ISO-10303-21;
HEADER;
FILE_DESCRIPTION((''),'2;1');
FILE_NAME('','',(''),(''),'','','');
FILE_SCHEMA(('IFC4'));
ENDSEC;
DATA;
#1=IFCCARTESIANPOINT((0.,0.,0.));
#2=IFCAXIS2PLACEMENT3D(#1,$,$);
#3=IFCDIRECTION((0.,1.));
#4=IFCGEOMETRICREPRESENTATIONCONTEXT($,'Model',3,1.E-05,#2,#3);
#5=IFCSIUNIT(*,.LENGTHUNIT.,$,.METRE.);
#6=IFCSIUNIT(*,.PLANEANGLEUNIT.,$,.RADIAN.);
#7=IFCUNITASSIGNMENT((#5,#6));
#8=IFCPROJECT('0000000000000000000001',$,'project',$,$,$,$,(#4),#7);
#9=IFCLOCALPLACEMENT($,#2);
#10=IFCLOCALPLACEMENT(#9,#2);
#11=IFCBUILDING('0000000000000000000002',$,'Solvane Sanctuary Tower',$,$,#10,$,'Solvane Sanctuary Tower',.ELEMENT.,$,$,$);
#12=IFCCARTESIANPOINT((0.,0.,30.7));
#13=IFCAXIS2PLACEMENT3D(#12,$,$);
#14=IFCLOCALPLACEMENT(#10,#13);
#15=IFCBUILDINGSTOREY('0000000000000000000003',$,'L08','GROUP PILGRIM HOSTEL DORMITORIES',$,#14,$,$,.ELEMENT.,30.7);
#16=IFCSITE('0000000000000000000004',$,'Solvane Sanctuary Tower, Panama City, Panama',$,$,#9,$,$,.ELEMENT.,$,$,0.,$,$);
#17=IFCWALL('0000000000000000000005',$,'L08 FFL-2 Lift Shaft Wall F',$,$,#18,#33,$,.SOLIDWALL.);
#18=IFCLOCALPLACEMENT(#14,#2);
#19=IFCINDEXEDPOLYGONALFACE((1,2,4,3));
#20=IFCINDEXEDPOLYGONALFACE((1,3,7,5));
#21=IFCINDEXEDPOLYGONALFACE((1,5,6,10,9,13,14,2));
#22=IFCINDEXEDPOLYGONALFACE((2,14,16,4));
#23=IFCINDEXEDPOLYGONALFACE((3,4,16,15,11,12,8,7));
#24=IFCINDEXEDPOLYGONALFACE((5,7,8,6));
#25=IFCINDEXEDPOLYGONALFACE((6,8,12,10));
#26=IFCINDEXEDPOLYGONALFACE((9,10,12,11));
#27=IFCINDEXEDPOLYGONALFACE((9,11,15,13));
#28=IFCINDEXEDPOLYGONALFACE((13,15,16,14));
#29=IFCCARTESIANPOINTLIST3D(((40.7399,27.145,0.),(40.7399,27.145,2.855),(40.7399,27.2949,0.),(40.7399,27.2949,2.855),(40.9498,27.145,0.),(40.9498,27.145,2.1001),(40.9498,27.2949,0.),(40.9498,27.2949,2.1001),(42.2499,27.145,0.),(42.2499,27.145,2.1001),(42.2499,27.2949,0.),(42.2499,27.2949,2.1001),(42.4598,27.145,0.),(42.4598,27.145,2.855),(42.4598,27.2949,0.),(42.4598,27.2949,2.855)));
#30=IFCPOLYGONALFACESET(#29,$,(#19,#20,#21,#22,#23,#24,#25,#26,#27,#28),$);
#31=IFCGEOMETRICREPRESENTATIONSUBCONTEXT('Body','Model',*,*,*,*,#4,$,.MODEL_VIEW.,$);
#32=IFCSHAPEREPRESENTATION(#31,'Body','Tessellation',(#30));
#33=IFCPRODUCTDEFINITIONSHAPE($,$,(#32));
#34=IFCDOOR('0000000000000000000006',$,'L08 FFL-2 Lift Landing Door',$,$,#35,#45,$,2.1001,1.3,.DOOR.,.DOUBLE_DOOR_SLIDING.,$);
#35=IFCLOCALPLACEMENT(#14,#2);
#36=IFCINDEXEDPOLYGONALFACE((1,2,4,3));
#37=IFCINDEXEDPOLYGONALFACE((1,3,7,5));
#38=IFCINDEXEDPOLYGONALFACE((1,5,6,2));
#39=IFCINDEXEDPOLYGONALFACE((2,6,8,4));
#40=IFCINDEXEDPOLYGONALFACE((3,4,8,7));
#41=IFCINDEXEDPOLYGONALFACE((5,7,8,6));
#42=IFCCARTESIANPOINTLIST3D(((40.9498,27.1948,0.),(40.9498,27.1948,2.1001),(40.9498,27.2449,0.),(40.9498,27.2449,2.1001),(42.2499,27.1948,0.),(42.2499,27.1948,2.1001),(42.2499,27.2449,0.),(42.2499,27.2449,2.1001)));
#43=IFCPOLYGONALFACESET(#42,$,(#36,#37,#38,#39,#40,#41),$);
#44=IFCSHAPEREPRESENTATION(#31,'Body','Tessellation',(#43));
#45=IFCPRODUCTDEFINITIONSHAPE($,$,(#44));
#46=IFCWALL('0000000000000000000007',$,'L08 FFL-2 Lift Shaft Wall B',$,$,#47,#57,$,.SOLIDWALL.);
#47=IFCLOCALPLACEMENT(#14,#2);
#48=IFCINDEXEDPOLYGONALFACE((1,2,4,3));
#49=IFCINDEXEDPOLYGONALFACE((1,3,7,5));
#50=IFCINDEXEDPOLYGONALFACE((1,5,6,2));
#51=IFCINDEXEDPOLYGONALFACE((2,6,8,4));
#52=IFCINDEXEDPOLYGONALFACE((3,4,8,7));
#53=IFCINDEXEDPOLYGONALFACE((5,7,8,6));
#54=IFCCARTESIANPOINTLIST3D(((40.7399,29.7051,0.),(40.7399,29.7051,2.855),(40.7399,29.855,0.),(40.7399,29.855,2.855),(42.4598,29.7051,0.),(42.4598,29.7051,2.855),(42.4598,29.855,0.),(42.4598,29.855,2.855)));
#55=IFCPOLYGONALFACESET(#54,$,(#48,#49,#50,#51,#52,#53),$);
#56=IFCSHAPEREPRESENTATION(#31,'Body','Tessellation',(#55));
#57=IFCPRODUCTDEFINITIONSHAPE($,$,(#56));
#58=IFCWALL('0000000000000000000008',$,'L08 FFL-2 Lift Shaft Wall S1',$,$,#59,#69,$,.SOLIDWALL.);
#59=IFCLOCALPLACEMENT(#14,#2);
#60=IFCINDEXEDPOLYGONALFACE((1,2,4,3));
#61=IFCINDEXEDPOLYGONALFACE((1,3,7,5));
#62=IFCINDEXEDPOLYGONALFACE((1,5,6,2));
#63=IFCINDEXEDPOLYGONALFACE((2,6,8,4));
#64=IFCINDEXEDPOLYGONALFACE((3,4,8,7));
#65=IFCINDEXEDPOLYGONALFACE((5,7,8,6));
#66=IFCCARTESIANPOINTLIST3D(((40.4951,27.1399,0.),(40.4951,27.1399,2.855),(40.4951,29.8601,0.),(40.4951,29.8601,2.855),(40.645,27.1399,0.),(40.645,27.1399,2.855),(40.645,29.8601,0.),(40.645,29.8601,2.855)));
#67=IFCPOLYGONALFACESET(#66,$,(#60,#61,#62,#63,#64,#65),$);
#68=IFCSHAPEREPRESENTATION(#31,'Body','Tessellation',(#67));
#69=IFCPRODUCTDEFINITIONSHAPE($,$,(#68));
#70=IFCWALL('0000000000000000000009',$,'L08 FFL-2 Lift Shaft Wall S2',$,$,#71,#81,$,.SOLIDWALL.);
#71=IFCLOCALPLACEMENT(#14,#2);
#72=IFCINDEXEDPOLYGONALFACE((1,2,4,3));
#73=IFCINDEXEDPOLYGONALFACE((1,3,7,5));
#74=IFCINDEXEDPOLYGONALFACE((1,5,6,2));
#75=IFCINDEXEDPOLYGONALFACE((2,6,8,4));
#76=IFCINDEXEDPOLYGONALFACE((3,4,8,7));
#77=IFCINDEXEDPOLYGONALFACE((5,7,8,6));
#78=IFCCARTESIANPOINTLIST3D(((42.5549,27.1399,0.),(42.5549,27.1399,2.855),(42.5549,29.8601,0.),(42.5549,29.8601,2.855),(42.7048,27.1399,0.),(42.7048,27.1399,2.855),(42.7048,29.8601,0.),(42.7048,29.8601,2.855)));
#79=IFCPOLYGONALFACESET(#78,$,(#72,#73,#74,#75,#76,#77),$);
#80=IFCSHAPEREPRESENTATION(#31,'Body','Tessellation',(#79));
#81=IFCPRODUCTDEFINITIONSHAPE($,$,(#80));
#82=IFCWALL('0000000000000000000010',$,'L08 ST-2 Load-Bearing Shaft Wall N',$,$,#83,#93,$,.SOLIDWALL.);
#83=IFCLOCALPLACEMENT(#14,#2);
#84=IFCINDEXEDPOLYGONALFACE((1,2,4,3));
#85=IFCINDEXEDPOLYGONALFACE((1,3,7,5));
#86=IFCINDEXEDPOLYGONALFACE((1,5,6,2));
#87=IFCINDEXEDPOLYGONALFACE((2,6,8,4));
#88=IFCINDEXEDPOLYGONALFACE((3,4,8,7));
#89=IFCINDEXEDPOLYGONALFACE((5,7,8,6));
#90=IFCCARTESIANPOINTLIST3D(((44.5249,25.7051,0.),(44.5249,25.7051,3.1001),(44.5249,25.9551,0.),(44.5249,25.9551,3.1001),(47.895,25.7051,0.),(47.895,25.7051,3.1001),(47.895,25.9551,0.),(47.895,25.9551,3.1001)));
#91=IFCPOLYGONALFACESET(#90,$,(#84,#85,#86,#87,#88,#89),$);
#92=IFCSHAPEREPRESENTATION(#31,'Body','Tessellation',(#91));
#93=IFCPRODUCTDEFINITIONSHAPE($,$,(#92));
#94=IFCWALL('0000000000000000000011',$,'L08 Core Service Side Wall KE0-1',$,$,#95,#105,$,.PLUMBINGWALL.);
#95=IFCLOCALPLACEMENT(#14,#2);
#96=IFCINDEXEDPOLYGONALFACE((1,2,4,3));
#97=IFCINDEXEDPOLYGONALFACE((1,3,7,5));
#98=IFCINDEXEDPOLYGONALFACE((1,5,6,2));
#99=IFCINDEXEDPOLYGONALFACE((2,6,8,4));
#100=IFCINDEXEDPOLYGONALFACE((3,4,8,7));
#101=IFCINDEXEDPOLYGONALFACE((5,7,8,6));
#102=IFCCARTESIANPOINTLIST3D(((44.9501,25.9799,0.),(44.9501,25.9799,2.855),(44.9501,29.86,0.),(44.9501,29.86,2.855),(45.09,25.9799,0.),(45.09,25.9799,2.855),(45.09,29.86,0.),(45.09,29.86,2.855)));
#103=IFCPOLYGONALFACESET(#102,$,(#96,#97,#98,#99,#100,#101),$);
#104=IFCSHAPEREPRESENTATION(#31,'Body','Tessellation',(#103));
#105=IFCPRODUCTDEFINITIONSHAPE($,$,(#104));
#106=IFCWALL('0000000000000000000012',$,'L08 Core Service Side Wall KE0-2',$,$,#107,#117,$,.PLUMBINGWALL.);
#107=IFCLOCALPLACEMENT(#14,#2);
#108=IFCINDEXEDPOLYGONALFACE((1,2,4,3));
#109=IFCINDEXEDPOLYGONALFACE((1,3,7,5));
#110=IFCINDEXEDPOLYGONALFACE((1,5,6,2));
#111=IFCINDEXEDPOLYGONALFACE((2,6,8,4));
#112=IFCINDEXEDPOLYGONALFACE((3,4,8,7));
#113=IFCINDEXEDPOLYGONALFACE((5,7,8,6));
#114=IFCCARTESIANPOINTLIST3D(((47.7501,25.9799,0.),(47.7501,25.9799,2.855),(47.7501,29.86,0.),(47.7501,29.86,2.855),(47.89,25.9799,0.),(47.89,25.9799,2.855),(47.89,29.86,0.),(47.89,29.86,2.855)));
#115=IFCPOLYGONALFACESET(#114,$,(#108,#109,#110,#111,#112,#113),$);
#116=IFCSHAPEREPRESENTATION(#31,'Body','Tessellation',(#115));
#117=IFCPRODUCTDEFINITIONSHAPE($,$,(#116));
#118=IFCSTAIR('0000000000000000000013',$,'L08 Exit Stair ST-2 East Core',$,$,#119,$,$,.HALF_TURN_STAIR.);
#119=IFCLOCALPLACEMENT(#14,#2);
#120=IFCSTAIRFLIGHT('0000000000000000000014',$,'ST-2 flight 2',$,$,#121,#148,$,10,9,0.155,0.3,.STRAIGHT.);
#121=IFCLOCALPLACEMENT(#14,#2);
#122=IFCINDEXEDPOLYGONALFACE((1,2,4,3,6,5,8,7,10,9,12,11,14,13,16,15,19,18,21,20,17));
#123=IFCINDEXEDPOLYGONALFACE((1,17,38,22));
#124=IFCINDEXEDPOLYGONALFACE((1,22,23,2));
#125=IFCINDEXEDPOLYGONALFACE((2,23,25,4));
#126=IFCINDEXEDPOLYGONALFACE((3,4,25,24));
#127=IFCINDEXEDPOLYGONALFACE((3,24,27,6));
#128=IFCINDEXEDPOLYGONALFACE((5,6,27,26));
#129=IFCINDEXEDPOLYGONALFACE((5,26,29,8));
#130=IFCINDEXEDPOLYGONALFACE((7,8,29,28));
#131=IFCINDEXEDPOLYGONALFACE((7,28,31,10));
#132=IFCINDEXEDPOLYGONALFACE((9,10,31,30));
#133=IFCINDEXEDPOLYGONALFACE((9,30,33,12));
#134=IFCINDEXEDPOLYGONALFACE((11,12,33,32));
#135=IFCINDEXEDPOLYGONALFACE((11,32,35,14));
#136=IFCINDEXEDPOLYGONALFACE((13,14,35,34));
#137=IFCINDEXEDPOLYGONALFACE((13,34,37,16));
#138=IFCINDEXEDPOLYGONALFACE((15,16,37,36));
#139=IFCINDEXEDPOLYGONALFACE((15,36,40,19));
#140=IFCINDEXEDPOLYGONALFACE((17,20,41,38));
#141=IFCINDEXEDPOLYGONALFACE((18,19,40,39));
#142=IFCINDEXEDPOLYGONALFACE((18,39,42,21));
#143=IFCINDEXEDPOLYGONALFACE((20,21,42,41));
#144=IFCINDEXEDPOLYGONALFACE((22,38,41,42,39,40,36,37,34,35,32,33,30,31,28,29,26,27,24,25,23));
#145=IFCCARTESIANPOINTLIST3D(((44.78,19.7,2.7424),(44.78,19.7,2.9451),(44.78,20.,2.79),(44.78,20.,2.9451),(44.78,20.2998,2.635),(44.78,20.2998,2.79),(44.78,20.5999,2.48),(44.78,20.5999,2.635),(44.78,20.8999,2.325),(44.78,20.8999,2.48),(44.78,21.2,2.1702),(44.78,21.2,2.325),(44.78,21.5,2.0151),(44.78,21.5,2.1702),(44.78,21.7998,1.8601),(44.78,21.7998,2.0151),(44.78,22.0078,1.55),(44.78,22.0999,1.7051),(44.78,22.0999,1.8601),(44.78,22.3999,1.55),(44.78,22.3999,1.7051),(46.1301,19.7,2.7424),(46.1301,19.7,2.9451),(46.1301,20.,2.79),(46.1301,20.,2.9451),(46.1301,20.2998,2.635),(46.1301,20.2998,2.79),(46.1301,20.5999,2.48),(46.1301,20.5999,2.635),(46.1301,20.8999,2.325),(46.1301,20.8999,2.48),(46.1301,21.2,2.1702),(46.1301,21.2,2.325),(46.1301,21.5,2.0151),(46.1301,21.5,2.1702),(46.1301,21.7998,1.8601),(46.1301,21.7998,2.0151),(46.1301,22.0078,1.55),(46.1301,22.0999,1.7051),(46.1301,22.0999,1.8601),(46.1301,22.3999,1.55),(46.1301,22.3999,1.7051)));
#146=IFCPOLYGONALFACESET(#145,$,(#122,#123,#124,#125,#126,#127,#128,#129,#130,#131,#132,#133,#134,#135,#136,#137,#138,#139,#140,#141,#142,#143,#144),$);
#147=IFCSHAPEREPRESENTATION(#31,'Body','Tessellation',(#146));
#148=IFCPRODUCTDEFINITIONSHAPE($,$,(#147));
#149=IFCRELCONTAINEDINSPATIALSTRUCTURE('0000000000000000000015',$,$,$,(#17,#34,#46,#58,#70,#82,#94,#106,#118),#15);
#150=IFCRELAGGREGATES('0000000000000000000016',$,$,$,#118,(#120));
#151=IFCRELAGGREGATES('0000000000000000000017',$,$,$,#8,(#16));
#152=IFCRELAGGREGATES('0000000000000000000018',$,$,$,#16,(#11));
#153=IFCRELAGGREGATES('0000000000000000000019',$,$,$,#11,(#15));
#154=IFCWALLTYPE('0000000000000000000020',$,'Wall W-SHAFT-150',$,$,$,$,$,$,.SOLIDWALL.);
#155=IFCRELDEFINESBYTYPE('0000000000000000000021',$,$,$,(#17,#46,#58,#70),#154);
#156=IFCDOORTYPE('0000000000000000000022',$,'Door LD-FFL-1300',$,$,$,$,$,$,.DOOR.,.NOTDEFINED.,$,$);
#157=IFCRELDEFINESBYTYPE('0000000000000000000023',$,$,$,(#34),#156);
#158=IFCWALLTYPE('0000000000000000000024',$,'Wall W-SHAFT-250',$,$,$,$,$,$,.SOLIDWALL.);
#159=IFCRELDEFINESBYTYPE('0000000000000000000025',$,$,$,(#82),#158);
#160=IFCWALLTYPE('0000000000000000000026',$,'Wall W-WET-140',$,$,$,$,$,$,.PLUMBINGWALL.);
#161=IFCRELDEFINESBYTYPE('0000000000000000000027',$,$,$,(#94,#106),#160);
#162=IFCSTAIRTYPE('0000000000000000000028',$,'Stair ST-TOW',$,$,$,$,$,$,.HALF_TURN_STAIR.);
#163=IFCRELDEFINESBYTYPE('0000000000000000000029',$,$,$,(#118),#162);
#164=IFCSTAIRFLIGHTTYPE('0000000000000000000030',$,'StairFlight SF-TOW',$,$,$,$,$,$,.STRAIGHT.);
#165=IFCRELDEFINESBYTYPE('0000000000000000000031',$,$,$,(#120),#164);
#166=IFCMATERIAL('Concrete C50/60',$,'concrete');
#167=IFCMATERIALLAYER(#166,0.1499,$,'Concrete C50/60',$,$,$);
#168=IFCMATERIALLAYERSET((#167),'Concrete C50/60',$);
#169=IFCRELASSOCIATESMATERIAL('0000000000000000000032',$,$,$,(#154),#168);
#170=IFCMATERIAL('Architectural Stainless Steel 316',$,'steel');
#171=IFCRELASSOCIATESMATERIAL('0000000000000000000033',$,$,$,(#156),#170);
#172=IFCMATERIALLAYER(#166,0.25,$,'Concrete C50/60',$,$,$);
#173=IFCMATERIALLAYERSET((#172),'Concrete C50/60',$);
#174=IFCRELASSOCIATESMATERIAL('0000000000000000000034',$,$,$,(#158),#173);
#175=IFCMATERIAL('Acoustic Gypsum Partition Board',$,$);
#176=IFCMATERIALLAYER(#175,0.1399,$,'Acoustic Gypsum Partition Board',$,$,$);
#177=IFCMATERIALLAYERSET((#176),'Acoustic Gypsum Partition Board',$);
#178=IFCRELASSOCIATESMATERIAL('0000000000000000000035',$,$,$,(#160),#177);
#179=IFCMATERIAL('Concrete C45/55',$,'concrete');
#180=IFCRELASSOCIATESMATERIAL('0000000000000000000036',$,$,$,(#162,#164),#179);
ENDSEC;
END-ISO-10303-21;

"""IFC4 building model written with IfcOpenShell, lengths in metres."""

from ifc_helpers import new_model, si_unit, direction, frame, frame_2d, origin, place, context, subcontext, project, spatial, polyline, rectangle, outline, extrude, material, layer, layer_set, type_object, element, fill, aggregate, save


model = new_model("IFC4")

# Units and contexts
model_context = context("Model", 3, precision=1e-05, world=origin(), true_north=direction((0.0, 1.0)))
body_context = subcontext(model_context, "Body", "Model", "MODEL_VIEW")
ifc_project = project(units=[si_unit("LENGTHUNIT", "METRE"), si_unit("PLANEANGLEUNIT", "RADIAN")], contexts=[model_context])

# Site, building, storey
site_placement = place(None, origin())
site = spatial("IfcSite", under=ifc_project, at=site_placement, Name="Solvane Sanctuary Tower, Panama City, Panama", CompositionType="ELEMENT", RefElevation=0.0)
building_placement = place(site_placement, origin())
building = spatial("IfcBuilding", under=site, at=building_placement, Name="Solvane Sanctuary Tower", LongName="Solvane Sanctuary Tower", CompositionType="ELEMENT")
storey_placement = place(building_placement, frame((0.0, 0.0, 30.7)))
storey = spatial("IfcBuildingStorey", under=building, at=storey_placement, Name="L08", Description="GROUP PILGRIM HOSTEL DORMITORIES", CompositionType="ELEMENT", Elevation=30.7)

# Shared definitions
ifc_material_1 = material(Name="Acoustic Gypsum Partition Board")

# Shared definitions
ifc_material_2 = material(Name="Concrete C50/60", Category="concrete")
ifc_layer_1 = layer(ifc_material_2, 0.1499, Name="Concrete C50/60")
ifc_layer_set_1 = layer_set([ifc_layer_1], Name="Concrete C50/60")
wall_type_1 = type_object("IfcWallType", Name="Wall W-SHAFT-150", PredefinedType="SOLIDWALL", material=ifc_layer_set_1)

# Wall, opening, door
wall_1_placement = place(storey_placement, frame((40.74, 27.22, 0.0), z_axis=(0.0, 0.0, 1.0), x_axis=(1.0, 0.0, 0.0)))
wall_1 = element("IfcWall", 1, at=wall_1_placement, inside=storey, type_object=wall_type_1, Name="L08 FFL-2 Lift Shaft Wall F", PredefinedType="SOLIDWALL", context=body_context, shape_type="SweptSolid", body=[
    extrude(rectangle(XDim=1.72, YDim=0.1499, at=frame_2d((0.8599, 0.0))), origin(), (0.0, 0.0, 1.0), 2.855),
])
opening_1_placement = place(wall_1_placement, frame((0.21, 0.0, 0.0)))
opening_1 = element("IfcOpeningElement", 2, at=opening_1_placement, cuts=wall_1, PredefinedType="OPENING", context=body_context, shape_type="SweptSolid", body=[
    extrude(rectangle(XDim=1.3, YDim=2.1001, at=frame_2d((0.6499, 1.05))), frame((0.0, 0.085, 0.0), z_axis=(0.0, -1.0, 0.0), x_axis=(1.0, 0.0, 0.0)), (0.0, 0.0, 1.0), 0.1699),
])
ifc_material_3 = material(Name="Architectural Stainless Steel 316", Category="steel")
door_type = type_object("IfcDoorType", Name="Door LD-FFL-1300", OperationType="NOTDEFINED", PredefinedType="DOOR", material=ifc_material_3)
door_placement = place(opening_1_placement, origin())
door = element("IfcDoor", 3, at=door_placement, inside=storey, type_object=door_type, Name="L08 FFL-2 Lift Landing Door", OperationType="DOUBLE_DOOR_SLIDING", OverallHeight=2.1001, OverallWidth=1.3, PredefinedType="DOOR", context=body_context, shape_type="SweptSolid", body=[
    extrude(rectangle(XDim=1.3, YDim=2.1001, at=frame_2d((0.6499, 1.05))), frame((0.0, 0.0249, 0.0), z_axis=(0.0, -1.0, 0.0), x_axis=(1.0, 0.0, 0.0)), (0.0, 0.0, 1.0), 0.05),
])
fill(opening_1, door)

# Walls
wall_2_placement = place(storey_placement, frame((40.74, 29.78, 0.0), z_axis=(0.0, 0.0, 1.0), x_axis=(1.0, 0.0, 0.0)))
element("IfcWall", 4, at=wall_2_placement, inside=storey, type_object=wall_type_1, Name="L08 FFL-2 Lift Shaft Wall B", PredefinedType="SOLIDWALL", context=body_context, shape_type="SweptSolid", body=[
    extrude(rectangle(XDim=1.72, YDim=0.1499, at=frame_2d((0.8599, 0.0))), origin(), (0.0, 0.0, 1.0), 2.855),
])
for number, where, z_axis, x_axis, name in (
    (5, (40.5701, 27.1399, 0.0), (0.0, 0.0, 1.0), (0.0, 1.0, 0.0), "L08 FFL-2 Lift Shaft Wall S1"),
    (6, (42.6299, 27.1399, 0.0), (0.0, 0.0, 1.0), (0.0, 1.0, 0.0), "L08 FFL-2 Lift Shaft Wall S2"),
):
    element("IfcWall", number, at=place(storey_placement, frame(where, z_axis=z_axis, x_axis=x_axis)), inside=storey, type_object=wall_type_1, Name=name, PredefinedType="SOLIDWALL", context=body_context, shape_type="SweptSolid", body=[
        extrude(rectangle(XDim=2.7202, YDim=0.1499, at=frame_2d((1.3601, 0.0))), origin(), (0.0, 0.0, 1.0), 2.855),
    ])
ifc_layer_2 = layer(ifc_material_2, 0.25, Name="Concrete C50/60")
ifc_layer_set_2 = layer_set([ifc_layer_2], Name="Concrete C50/60")
wall_type_2 = type_object("IfcWallType", Name="Wall W-SHAFT-250", PredefinedType="SOLIDWALL", material=ifc_layer_set_2)
wall_3_placement = place(storey_placement, frame((44.5249, 25.8301, 0.0), z_axis=(0.0, 0.0, 1.0), x_axis=(1.0, 0.0, 0.0)))
element("IfcWall", 7, at=wall_3_placement, inside=storey, type_object=wall_type_2, Name="L08 ST-2 Load-Bearing Shaft Wall N", PredefinedType="SOLIDWALL", context=body_context, shape_type="SweptSolid", body=[
    extrude(rectangle(XDim=3.3701, YDim=0.25, at=frame_2d((1.6851, 0.0))), origin(), (0.0, 0.0, 1.0), 3.1001),
])
ifc_layer_3 = layer(ifc_material_1, 0.1399, Name="Acoustic Gypsum Partition Board")
ifc_layer_set_3 = layer_set([ifc_layer_3], Name="Acoustic Gypsum Partition Board")
wall_type_3 = type_object("IfcWallType", Name="Wall W-WET-140", PredefinedType="PLUMBINGWALL", material=ifc_layer_set_3)
for number, where, z_axis, x_axis, name in (
    (8, (45.02, 25.98, 0.0), (0.0, 0.0, 1.0), (0.0, 1.0, 0.0), "L08 Core Service Side Wall KE0-1"),
    (9, (47.8201, 25.98, 0.0), (0.0, 0.0, 1.0), (0.0, 1.0, 0.0), "L08 Core Service Side Wall KE0-2"),
):
    element("IfcWall", number, at=place(storey_placement, frame(where, z_axis=z_axis, x_axis=x_axis)), inside=storey, type_object=wall_type_3, Name=name, PredefinedType="PLUMBINGWALL", context=body_context, shape_type="SweptSolid", body=[
        extrude(rectangle(XDim=3.8801, YDim=0.1399, at=frame_2d((1.9399, 0.0))), origin(), (0.0, 0.0, 1.0), 2.855),
    ])

# Stair, stair flight
ifc_material_4 = material(Name="Concrete C45/55", Category="concrete")
stair_type = type_object("IfcStairType", Name="Stair ST-TOW", PredefinedType="HALF_TURN_STAIR", material=ifc_material_4)
stair_placement = place(storey_placement, origin())
stair = element("IfcStair", 10, at=stair_placement, inside=storey, type_object=stair_type, Name="L08 Exit Stair ST-2 East Core", PredefinedType="HALF_TURN_STAIR")
stair_flight_type = type_object("IfcStairFlightType", Name="StairFlight SF-TOW", PredefinedType="STRAIGHT", material=ifc_material_4)
stair_flight_placement = place(storey_placement, frame((45.4551, 22.3999, 1.55), z_axis=(0.0, 0.0, 1.0), x_axis=(0.0, -1.0, 0.0)))
stair_flight = element("IfcStairFlight", 11, at=stair_flight_placement, type_object=stair_flight_type, Name="ST-2 flight 2", NumberOfRisers=10, NumberOfTreads=9, PredefinedType="STRAIGHT", RiserHeight=0.155, TreadLength=0.3, context=body_context, shape_type="SweptSolid", body=[
    extrude(outline(polyline([(0.0, 0.0), (0.0, 0.155), (0.3, 0.155), (0.3, 0.3101), (0.6001, 0.3101), (0.6001, 0.4651), (0.8999, 0.4651), (0.8999, 0.6201), (1.2, 0.6201), (1.2, 0.7749), (1.5, 0.7749), (1.5, 0.9299), (1.8, 0.9299), (1.8, 1.085), (2.1001, 1.085), (2.1001, 1.24), (2.3999, 1.24), (2.3999, 1.395), (2.7, 1.395), (2.7, 1.55), (2.7, 1.1924), (0.3921, 0.0), (0.0, 0.0)])), frame((0.0, 0.675, 0.0), z_axis=(0.0, -1.0, 0.0), x_axis=(1.0, 0.0, 0.0)), (0.0, 0.0, 1.0), 1.3501),
])
aggregate(stair, [stair_flight])

save(model, "model.ifc")
